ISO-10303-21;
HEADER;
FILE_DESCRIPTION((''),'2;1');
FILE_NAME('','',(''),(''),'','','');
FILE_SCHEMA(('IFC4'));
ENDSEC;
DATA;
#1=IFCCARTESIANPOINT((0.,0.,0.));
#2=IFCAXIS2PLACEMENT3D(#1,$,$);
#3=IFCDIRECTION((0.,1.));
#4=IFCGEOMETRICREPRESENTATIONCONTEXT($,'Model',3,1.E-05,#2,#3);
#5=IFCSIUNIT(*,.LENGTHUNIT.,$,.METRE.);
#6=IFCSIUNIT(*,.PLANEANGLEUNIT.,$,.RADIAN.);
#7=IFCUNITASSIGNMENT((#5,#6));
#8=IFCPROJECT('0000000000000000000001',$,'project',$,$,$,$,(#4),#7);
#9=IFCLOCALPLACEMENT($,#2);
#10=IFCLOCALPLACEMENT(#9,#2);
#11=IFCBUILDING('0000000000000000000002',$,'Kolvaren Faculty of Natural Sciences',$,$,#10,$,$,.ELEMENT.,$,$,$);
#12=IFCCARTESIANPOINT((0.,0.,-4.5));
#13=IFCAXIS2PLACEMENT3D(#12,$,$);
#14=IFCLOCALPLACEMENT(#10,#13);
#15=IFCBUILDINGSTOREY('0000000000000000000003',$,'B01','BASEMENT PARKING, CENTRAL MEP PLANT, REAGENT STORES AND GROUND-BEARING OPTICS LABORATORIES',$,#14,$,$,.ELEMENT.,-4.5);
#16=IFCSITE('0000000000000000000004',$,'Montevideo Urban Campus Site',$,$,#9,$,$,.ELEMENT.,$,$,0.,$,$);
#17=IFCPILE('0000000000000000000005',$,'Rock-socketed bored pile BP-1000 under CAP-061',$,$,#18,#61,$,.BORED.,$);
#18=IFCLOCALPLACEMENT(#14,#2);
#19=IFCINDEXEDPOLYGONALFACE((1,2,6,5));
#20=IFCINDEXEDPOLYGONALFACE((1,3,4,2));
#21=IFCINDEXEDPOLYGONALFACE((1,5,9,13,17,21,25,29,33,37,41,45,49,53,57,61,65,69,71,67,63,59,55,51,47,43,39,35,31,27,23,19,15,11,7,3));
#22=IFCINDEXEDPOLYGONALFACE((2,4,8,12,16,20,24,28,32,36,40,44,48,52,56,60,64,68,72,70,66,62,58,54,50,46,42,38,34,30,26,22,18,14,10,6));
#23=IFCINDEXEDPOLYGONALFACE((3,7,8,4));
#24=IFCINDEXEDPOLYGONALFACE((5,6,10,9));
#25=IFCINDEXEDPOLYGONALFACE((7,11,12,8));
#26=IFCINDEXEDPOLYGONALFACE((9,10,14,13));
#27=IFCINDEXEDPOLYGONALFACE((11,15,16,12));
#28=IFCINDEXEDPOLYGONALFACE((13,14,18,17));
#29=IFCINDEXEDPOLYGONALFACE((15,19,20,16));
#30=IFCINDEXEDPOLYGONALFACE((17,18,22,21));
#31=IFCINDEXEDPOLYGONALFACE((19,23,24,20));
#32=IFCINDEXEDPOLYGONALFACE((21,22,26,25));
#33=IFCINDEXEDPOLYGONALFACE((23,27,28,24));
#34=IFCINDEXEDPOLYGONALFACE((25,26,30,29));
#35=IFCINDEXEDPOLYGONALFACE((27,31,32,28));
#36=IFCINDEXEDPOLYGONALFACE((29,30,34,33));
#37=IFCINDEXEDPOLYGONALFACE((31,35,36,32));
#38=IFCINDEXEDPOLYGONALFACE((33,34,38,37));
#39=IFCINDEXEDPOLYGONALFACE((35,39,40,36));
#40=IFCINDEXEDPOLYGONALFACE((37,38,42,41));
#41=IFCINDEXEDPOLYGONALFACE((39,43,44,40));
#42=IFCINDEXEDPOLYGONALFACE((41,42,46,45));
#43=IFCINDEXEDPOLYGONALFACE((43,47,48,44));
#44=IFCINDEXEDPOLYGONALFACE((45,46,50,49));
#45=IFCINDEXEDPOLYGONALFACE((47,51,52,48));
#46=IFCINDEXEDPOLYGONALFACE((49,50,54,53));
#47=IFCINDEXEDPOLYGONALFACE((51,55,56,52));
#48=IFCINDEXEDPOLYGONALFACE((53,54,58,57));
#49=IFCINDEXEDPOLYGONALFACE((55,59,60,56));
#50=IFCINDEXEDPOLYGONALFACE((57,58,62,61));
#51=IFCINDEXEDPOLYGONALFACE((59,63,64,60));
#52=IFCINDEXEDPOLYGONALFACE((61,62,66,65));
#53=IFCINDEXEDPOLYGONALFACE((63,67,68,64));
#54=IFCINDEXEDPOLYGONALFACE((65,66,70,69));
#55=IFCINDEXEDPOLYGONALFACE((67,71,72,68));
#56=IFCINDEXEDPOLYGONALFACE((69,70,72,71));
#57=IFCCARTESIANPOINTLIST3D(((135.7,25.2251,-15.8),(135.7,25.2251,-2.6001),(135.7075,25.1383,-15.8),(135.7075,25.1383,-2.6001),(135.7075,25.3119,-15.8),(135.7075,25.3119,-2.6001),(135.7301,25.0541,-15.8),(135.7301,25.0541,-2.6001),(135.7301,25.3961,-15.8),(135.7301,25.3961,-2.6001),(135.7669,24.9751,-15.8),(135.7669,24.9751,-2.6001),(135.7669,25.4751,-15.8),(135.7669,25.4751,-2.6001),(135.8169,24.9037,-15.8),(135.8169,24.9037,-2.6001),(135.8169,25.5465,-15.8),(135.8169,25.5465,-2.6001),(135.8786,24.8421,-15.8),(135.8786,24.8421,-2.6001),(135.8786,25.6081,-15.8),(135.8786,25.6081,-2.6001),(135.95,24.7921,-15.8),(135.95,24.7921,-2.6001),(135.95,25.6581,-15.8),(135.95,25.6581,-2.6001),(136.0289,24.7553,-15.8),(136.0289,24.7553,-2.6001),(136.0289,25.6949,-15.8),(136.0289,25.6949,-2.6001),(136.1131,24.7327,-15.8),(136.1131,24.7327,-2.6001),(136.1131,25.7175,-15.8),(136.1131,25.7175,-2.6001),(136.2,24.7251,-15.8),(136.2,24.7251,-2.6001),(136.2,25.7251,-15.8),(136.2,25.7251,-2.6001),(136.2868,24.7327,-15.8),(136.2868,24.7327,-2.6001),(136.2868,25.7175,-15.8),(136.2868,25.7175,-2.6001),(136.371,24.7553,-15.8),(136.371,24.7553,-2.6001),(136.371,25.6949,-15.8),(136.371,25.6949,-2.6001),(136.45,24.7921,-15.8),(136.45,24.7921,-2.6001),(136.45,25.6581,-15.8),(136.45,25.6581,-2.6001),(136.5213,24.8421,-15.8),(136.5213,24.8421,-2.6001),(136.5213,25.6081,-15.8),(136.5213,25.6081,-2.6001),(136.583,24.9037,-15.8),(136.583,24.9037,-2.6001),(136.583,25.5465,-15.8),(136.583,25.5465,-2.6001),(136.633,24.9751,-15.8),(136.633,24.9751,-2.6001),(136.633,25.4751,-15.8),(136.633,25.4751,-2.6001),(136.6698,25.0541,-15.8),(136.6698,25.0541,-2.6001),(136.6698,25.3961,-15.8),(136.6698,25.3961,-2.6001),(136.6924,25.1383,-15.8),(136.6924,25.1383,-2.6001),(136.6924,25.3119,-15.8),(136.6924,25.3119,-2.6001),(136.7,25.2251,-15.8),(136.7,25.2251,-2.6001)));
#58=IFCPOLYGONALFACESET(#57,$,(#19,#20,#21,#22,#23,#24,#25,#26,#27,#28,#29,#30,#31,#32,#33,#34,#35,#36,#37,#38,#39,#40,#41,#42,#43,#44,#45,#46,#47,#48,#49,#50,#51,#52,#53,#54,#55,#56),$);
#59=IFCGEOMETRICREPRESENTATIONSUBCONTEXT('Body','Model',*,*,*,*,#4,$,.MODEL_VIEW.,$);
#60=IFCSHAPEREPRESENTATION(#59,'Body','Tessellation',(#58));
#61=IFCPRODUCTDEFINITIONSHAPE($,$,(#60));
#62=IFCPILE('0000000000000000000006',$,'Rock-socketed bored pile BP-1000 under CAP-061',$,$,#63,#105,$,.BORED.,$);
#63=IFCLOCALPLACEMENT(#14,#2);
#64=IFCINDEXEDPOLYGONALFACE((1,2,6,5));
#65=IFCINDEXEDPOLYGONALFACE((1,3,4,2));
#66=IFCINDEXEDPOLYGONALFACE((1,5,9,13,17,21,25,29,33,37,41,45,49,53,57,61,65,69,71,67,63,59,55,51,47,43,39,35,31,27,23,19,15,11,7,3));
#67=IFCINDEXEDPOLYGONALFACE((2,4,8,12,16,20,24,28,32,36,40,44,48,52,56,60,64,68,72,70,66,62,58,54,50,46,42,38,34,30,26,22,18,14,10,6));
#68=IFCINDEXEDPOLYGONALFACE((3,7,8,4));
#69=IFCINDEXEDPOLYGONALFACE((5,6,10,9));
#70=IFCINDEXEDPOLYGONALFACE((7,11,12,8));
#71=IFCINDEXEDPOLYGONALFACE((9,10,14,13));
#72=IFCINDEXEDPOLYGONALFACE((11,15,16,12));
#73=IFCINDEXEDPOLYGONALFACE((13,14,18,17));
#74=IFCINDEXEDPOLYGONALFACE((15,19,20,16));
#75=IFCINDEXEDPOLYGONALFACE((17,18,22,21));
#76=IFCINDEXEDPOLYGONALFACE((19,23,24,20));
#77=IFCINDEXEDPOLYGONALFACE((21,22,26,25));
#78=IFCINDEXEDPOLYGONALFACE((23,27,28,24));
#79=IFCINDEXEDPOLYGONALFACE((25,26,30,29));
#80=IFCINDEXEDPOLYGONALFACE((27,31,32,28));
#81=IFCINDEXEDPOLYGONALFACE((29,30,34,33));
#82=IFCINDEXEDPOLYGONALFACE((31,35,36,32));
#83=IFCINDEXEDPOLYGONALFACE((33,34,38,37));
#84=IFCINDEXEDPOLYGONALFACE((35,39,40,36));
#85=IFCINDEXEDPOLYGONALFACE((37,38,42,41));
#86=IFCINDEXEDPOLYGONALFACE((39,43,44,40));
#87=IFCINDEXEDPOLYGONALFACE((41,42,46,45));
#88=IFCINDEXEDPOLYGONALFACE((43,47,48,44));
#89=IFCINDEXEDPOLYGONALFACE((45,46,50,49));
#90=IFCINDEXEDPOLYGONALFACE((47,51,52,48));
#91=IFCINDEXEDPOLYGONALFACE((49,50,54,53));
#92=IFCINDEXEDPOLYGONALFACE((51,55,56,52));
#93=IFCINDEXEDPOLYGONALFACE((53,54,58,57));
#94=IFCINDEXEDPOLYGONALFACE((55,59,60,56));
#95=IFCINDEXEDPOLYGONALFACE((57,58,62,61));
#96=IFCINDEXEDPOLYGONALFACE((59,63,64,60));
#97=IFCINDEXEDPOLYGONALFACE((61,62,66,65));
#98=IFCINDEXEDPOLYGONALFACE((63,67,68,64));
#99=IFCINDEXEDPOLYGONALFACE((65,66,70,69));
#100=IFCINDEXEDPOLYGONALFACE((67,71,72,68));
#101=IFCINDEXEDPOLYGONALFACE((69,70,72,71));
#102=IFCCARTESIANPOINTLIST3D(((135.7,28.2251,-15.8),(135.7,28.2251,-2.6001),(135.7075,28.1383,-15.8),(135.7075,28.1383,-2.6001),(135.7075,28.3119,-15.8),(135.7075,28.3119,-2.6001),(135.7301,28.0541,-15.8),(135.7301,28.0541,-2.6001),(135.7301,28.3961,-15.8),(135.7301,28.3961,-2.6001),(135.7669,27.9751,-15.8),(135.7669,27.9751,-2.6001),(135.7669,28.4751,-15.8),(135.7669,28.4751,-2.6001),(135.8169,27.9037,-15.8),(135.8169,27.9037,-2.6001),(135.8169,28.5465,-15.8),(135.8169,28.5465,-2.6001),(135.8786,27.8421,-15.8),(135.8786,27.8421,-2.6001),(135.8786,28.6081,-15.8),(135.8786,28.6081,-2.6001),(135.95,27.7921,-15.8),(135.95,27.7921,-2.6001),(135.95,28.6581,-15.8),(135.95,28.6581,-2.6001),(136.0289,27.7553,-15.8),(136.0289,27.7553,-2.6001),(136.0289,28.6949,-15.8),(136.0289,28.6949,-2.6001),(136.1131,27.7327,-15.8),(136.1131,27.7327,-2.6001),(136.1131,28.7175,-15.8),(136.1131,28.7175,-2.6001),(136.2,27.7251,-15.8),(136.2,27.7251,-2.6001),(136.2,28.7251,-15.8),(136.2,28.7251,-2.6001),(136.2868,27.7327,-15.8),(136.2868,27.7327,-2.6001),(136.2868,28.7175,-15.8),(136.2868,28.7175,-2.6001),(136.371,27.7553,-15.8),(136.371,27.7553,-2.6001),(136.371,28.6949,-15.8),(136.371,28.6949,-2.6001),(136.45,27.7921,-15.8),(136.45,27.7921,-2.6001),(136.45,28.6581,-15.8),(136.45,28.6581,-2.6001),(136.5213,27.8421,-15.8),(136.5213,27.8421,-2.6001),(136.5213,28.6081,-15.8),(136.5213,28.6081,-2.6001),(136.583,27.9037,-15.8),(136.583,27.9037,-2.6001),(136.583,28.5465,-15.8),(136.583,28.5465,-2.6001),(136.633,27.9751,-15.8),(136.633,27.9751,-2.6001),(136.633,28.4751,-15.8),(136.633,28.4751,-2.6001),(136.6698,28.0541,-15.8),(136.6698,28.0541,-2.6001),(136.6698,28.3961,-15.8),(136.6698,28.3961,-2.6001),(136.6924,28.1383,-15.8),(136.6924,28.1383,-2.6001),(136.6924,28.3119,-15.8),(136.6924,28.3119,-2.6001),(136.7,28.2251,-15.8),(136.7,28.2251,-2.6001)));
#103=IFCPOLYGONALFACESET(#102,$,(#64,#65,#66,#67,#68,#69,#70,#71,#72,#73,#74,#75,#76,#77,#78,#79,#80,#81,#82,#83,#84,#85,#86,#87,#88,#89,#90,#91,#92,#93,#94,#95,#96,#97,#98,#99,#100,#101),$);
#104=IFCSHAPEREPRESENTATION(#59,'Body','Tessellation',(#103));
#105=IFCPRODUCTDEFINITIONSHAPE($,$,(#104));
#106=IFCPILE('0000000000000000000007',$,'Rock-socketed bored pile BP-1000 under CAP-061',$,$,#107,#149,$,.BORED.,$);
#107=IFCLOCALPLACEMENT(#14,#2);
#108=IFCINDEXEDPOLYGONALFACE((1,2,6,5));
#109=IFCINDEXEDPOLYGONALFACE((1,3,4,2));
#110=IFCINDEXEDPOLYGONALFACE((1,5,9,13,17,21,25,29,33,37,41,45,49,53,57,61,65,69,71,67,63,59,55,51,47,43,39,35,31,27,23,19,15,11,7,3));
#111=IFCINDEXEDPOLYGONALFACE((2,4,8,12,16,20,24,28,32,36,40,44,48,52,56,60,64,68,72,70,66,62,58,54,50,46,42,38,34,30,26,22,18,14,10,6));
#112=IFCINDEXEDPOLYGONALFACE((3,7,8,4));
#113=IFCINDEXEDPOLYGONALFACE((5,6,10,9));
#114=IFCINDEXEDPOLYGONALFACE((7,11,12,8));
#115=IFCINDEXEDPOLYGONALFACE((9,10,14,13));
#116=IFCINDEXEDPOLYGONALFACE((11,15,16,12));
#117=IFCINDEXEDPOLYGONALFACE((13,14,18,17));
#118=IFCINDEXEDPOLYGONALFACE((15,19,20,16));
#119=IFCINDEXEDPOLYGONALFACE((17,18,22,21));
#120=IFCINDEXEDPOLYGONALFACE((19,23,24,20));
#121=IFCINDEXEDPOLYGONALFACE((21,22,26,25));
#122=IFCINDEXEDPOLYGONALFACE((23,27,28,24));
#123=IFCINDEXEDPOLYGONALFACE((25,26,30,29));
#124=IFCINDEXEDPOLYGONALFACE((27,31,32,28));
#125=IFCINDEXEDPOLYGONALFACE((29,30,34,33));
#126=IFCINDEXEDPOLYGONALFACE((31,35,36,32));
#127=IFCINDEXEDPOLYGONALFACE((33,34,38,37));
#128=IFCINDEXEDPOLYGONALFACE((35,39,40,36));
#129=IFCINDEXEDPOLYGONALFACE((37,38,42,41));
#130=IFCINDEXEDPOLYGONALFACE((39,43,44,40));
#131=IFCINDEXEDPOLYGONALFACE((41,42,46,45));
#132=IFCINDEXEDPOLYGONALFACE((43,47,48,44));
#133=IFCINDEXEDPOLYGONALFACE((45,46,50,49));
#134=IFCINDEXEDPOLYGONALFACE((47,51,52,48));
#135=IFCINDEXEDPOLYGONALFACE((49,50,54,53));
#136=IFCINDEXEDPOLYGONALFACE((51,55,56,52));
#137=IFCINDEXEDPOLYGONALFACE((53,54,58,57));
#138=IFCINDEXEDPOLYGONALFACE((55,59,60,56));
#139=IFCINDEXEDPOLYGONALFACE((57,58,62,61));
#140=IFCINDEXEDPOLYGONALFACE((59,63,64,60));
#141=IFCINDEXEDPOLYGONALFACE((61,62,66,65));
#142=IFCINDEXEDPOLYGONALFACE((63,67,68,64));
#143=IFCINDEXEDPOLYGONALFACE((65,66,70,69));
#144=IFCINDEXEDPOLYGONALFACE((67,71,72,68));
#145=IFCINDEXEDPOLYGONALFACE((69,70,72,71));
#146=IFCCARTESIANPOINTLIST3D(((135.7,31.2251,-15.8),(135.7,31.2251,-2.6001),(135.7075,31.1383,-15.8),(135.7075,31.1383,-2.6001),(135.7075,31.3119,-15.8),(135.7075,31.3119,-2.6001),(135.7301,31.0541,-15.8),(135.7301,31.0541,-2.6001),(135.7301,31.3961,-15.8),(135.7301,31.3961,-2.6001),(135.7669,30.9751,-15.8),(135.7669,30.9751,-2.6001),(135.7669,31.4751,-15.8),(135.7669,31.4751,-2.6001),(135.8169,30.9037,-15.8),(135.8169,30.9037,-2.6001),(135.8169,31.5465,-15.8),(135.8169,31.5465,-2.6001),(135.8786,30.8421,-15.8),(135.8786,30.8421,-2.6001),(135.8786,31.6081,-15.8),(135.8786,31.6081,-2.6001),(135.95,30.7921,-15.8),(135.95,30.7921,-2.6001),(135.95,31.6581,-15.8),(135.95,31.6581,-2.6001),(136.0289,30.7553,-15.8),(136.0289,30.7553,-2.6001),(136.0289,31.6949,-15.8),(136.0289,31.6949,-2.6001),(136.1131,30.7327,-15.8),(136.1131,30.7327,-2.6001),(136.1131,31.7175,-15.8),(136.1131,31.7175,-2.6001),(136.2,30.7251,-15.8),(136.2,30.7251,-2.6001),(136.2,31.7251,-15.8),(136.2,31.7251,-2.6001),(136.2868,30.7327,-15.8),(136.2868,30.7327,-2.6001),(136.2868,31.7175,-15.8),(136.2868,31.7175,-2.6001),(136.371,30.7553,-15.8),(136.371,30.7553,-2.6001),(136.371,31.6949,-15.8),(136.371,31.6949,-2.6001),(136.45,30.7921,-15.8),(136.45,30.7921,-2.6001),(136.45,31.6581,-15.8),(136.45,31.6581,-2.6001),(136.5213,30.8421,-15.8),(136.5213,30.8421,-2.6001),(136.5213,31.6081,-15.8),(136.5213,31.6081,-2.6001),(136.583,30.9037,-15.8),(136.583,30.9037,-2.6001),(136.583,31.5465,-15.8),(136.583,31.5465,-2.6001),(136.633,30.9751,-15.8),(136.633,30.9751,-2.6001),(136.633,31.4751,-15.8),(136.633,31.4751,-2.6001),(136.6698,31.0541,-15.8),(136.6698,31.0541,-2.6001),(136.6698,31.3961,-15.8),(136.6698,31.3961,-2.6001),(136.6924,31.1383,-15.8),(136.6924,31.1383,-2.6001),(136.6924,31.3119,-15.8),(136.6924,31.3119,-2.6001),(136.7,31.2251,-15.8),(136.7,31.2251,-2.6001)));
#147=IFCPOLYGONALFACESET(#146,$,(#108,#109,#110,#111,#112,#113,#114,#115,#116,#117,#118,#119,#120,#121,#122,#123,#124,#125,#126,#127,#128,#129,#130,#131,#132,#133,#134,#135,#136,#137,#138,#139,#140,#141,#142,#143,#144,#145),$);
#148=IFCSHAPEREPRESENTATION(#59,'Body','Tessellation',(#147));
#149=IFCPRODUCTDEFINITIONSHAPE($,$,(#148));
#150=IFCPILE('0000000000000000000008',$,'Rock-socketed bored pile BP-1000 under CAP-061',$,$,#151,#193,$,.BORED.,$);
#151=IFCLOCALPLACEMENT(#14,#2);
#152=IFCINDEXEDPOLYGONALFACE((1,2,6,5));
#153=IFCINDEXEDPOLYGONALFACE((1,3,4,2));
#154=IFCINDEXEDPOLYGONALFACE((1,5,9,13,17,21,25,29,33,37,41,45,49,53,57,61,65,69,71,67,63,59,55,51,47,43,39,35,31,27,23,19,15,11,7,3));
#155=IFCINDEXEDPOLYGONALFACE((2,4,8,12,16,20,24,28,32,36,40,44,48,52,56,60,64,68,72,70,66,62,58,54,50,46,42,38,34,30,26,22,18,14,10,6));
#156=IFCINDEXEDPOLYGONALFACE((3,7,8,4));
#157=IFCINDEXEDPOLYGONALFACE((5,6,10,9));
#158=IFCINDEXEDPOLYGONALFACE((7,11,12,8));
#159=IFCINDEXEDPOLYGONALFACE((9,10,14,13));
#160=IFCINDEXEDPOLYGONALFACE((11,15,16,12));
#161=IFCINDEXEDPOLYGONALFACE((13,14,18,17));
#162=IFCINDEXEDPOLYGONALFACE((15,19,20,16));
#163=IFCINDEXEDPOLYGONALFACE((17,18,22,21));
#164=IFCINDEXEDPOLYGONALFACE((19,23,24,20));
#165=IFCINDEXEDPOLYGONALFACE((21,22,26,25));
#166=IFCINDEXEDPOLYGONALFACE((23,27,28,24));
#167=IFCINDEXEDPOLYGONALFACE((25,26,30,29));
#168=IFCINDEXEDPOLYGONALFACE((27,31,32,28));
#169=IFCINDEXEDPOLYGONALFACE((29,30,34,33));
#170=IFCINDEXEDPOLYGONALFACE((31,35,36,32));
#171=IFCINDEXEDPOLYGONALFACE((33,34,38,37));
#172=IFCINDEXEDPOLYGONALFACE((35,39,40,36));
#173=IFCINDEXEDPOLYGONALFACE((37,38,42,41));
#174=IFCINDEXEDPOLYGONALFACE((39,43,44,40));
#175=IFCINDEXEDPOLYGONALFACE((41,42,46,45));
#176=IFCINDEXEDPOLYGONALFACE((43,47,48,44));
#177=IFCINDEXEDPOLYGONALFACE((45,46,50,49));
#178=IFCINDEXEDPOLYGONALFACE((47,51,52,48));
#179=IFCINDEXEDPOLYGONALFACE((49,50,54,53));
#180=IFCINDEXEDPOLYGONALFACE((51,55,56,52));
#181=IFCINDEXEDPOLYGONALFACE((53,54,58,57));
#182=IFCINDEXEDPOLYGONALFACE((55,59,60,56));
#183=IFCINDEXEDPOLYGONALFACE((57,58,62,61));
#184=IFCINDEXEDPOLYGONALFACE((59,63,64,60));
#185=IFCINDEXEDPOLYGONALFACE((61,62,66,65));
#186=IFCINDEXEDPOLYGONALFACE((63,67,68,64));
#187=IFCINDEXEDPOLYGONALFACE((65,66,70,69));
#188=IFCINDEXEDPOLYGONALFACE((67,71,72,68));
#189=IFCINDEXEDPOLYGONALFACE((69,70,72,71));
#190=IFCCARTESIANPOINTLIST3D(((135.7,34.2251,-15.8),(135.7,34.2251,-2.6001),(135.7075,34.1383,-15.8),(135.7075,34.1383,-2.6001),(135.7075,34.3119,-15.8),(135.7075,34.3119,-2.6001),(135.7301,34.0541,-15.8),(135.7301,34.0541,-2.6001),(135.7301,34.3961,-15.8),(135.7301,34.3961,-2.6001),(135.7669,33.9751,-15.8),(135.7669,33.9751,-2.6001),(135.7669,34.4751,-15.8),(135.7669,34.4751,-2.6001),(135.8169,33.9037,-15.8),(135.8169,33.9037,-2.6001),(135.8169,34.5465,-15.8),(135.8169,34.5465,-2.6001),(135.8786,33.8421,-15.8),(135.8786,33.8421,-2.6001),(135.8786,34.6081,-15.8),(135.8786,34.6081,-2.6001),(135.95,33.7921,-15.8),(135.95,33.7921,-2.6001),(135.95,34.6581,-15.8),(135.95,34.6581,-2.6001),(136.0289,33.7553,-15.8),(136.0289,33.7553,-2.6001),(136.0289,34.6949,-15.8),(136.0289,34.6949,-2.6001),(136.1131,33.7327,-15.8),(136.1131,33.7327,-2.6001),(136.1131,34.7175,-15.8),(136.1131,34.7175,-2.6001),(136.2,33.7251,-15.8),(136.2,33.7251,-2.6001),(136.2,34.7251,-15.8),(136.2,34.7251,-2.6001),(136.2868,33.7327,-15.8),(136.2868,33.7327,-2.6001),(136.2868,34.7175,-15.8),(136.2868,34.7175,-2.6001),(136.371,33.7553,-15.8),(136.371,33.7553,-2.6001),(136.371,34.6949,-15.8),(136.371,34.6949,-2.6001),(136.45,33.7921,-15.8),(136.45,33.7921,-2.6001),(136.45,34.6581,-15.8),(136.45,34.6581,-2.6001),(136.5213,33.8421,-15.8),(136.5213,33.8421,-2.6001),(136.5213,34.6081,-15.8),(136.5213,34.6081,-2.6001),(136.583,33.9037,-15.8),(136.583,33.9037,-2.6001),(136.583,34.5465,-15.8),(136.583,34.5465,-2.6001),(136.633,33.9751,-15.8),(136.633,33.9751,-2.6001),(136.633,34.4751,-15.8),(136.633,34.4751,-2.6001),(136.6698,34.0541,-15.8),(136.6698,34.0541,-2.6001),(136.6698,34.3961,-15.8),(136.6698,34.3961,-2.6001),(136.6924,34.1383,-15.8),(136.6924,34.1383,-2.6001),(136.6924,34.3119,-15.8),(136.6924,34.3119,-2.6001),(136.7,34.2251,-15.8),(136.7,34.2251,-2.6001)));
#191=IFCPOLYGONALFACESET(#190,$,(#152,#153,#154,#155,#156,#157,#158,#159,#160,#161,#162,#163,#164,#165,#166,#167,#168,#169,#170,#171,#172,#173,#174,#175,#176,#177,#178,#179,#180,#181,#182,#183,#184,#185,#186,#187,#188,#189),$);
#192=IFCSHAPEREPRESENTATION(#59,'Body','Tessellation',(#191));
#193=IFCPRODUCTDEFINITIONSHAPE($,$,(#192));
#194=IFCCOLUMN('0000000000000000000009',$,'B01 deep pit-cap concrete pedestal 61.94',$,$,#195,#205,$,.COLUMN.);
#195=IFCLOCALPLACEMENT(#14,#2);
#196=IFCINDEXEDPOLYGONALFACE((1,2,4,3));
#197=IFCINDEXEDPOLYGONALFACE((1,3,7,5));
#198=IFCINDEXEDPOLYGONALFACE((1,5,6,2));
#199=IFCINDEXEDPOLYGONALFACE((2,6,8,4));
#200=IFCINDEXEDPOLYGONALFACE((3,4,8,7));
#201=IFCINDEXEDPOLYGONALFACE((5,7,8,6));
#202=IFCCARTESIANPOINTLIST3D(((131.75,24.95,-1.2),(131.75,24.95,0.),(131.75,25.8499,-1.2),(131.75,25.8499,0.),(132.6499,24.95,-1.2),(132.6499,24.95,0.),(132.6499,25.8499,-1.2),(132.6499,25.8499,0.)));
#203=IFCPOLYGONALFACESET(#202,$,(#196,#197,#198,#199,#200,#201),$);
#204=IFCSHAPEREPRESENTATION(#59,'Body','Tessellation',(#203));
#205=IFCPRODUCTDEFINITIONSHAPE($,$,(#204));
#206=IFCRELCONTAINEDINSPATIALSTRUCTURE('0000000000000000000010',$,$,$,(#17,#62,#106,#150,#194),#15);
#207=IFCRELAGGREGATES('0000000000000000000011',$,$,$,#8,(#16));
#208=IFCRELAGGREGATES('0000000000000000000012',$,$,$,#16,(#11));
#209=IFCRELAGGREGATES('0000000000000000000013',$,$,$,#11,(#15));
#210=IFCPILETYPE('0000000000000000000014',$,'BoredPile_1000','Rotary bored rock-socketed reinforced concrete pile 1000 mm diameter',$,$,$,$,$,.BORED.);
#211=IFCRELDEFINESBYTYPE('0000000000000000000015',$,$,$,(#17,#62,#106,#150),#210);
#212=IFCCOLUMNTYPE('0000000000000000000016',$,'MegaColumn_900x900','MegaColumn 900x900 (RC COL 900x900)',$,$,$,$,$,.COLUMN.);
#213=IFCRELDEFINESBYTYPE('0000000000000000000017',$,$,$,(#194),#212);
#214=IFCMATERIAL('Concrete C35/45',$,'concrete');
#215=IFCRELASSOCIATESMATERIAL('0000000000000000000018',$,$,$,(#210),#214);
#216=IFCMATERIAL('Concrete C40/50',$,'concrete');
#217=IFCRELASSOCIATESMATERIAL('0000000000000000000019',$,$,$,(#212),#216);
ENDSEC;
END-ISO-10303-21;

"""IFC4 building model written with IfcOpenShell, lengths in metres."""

from ifc_helpers import new_model, si_unit, direction, frame, origin, origin_2d, place, context, subcontext, project, spatial, rectangle, circle, extrude, material, material_profile, profile_set, type_object, element, save


model = new_model("IFC4")

# Units and contexts
model_context = context("Model", 3, precision=1e-05, world=origin(), true_north=direction((0.0, 1.0)))
body_context = subcontext(model_context, "Body", "Model", "MODEL_VIEW")
ifc_project = project(units=[si_unit("LENGTHUNIT", "METRE"), si_unit("PLANEANGLEUNIT", "RADIAN")], contexts=[model_context])

# Site, building, storey
site_placement = place(None, origin())
site = spatial("IfcSite", under=ifc_project, at=site_placement, Name="Montevideo Urban Campus Site", CompositionType="ELEMENT", RefElevation=0.0)
building_placement = place(site_placement, origin())
building = spatial("IfcBuilding", under=site, at=building_placement, Name="Kolvaren Faculty of Natural Sciences", CompositionType="ELEMENT")
storey_placement = place(building_placement, frame((0.0, 0.0, -4.5)))
storey = spatial("IfcBuildingStorey", under=building, at=storey_placement, Name="B01", Description="BASEMENT PARKING, CENTRAL MEP PLANT, REAGENT STORES AND GROUND-BEARING OPTICS LABORATORIES", CompositionType="ELEMENT", Elevation=-4.5)

# Piles
ifc_material_1 = material(Name="Concrete C35/45", Category="concrete")
ifc_material_profile_1 = material_profile(ifc_material_1, circle(Radius=0.5, at=origin_2d()), Name="PILE D1000")
ifc_profile_set_1 = profile_set([ifc_material_profile_1], Name="Concrete C35/45")
pile_type = type_object("IfcPileType", Name="BoredPile_1000", Description="Rotary bored rock-socketed reinforced concrete pile 1000 mm diameter", PredefinedType="BORED", material=ifc_profile_set_1)
for number, where, z_axis, x_axis, name in (
    (1, (136.2, 25.2251, -2.6001), (0.0, 0.0, -1.0), (1.0, 0.0, 0.0), "Rock-socketed bored pile BP-1000 under CAP-061"),
    (2, (136.2, 28.2251, -2.6001), (0.0, 0.0, -1.0), (1.0, 0.0, 0.0), "Rock-socketed bored pile BP-1000 under CAP-061"),
    (3, (136.2, 31.2251, -2.6001), (0.0, 0.0, -1.0), (1.0, 0.0, 0.0), "Rock-socketed bored pile BP-1000 under CAP-061"),
    (4, (136.2, 34.2251, -2.6001), (0.0, 0.0, -1.0), (1.0, 0.0, 0.0), "Rock-socketed bored pile BP-1000 under CAP-061"),
):
    element("IfcPile", number, at=place(storey_placement, frame(where, z_axis=z_axis, x_axis=x_axis)), inside=storey, type_object=pile_type, Name=name, PredefinedType="BORED", context=body_context, shape_type="SweptSolid", body=[
        extrude(circle(Radius=0.5, at=origin_2d()), origin(), (0.0, 0.0, 1.0), 13.2),
    ])

# Column
ifc_material_2 = material(Name="Concrete C40/50", Category="concrete")
ifc_material_profile_2 = material_profile(ifc_material_2, rectangle(XDim=0.8999, YDim=0.8999, at=origin_2d()), Name="RC COL 900x900")
ifc_profile_set_2 = profile_set([ifc_material_profile_2], Name="Concrete C40/50")
column_type_1 = type_object("IfcColumnType", Name="MegaColumn_900x900", Description="MegaColumn 900x900 (RC COL 900x900)", PredefinedType="COLUMN", material=ifc_profile_set_2)
for number, where, z_axis, x_axis, name in (
    (5, (132.2, 25.3999, -1.2), (0.0, 0.0, 1.0), (1.0, 0.0, 0.0), "B01 deep pit-cap concrete pedestal 61.94"),
):
    element("IfcColumn", number, at=place(storey_placement, frame(where, z_axis=z_axis, x_axis=x_axis)), inside=storey, type_object=column_type_1, Name=name, PredefinedType="COLUMN", context=body_context, shape_type="SweptSolid", body=[
        extrude(rectangle(XDim=0.8999, YDim=0.8999, at=origin_2d()), origin(), (0.0, 0.0, 1.0), 1.2),
    ])

save(model, "model.ifc")
